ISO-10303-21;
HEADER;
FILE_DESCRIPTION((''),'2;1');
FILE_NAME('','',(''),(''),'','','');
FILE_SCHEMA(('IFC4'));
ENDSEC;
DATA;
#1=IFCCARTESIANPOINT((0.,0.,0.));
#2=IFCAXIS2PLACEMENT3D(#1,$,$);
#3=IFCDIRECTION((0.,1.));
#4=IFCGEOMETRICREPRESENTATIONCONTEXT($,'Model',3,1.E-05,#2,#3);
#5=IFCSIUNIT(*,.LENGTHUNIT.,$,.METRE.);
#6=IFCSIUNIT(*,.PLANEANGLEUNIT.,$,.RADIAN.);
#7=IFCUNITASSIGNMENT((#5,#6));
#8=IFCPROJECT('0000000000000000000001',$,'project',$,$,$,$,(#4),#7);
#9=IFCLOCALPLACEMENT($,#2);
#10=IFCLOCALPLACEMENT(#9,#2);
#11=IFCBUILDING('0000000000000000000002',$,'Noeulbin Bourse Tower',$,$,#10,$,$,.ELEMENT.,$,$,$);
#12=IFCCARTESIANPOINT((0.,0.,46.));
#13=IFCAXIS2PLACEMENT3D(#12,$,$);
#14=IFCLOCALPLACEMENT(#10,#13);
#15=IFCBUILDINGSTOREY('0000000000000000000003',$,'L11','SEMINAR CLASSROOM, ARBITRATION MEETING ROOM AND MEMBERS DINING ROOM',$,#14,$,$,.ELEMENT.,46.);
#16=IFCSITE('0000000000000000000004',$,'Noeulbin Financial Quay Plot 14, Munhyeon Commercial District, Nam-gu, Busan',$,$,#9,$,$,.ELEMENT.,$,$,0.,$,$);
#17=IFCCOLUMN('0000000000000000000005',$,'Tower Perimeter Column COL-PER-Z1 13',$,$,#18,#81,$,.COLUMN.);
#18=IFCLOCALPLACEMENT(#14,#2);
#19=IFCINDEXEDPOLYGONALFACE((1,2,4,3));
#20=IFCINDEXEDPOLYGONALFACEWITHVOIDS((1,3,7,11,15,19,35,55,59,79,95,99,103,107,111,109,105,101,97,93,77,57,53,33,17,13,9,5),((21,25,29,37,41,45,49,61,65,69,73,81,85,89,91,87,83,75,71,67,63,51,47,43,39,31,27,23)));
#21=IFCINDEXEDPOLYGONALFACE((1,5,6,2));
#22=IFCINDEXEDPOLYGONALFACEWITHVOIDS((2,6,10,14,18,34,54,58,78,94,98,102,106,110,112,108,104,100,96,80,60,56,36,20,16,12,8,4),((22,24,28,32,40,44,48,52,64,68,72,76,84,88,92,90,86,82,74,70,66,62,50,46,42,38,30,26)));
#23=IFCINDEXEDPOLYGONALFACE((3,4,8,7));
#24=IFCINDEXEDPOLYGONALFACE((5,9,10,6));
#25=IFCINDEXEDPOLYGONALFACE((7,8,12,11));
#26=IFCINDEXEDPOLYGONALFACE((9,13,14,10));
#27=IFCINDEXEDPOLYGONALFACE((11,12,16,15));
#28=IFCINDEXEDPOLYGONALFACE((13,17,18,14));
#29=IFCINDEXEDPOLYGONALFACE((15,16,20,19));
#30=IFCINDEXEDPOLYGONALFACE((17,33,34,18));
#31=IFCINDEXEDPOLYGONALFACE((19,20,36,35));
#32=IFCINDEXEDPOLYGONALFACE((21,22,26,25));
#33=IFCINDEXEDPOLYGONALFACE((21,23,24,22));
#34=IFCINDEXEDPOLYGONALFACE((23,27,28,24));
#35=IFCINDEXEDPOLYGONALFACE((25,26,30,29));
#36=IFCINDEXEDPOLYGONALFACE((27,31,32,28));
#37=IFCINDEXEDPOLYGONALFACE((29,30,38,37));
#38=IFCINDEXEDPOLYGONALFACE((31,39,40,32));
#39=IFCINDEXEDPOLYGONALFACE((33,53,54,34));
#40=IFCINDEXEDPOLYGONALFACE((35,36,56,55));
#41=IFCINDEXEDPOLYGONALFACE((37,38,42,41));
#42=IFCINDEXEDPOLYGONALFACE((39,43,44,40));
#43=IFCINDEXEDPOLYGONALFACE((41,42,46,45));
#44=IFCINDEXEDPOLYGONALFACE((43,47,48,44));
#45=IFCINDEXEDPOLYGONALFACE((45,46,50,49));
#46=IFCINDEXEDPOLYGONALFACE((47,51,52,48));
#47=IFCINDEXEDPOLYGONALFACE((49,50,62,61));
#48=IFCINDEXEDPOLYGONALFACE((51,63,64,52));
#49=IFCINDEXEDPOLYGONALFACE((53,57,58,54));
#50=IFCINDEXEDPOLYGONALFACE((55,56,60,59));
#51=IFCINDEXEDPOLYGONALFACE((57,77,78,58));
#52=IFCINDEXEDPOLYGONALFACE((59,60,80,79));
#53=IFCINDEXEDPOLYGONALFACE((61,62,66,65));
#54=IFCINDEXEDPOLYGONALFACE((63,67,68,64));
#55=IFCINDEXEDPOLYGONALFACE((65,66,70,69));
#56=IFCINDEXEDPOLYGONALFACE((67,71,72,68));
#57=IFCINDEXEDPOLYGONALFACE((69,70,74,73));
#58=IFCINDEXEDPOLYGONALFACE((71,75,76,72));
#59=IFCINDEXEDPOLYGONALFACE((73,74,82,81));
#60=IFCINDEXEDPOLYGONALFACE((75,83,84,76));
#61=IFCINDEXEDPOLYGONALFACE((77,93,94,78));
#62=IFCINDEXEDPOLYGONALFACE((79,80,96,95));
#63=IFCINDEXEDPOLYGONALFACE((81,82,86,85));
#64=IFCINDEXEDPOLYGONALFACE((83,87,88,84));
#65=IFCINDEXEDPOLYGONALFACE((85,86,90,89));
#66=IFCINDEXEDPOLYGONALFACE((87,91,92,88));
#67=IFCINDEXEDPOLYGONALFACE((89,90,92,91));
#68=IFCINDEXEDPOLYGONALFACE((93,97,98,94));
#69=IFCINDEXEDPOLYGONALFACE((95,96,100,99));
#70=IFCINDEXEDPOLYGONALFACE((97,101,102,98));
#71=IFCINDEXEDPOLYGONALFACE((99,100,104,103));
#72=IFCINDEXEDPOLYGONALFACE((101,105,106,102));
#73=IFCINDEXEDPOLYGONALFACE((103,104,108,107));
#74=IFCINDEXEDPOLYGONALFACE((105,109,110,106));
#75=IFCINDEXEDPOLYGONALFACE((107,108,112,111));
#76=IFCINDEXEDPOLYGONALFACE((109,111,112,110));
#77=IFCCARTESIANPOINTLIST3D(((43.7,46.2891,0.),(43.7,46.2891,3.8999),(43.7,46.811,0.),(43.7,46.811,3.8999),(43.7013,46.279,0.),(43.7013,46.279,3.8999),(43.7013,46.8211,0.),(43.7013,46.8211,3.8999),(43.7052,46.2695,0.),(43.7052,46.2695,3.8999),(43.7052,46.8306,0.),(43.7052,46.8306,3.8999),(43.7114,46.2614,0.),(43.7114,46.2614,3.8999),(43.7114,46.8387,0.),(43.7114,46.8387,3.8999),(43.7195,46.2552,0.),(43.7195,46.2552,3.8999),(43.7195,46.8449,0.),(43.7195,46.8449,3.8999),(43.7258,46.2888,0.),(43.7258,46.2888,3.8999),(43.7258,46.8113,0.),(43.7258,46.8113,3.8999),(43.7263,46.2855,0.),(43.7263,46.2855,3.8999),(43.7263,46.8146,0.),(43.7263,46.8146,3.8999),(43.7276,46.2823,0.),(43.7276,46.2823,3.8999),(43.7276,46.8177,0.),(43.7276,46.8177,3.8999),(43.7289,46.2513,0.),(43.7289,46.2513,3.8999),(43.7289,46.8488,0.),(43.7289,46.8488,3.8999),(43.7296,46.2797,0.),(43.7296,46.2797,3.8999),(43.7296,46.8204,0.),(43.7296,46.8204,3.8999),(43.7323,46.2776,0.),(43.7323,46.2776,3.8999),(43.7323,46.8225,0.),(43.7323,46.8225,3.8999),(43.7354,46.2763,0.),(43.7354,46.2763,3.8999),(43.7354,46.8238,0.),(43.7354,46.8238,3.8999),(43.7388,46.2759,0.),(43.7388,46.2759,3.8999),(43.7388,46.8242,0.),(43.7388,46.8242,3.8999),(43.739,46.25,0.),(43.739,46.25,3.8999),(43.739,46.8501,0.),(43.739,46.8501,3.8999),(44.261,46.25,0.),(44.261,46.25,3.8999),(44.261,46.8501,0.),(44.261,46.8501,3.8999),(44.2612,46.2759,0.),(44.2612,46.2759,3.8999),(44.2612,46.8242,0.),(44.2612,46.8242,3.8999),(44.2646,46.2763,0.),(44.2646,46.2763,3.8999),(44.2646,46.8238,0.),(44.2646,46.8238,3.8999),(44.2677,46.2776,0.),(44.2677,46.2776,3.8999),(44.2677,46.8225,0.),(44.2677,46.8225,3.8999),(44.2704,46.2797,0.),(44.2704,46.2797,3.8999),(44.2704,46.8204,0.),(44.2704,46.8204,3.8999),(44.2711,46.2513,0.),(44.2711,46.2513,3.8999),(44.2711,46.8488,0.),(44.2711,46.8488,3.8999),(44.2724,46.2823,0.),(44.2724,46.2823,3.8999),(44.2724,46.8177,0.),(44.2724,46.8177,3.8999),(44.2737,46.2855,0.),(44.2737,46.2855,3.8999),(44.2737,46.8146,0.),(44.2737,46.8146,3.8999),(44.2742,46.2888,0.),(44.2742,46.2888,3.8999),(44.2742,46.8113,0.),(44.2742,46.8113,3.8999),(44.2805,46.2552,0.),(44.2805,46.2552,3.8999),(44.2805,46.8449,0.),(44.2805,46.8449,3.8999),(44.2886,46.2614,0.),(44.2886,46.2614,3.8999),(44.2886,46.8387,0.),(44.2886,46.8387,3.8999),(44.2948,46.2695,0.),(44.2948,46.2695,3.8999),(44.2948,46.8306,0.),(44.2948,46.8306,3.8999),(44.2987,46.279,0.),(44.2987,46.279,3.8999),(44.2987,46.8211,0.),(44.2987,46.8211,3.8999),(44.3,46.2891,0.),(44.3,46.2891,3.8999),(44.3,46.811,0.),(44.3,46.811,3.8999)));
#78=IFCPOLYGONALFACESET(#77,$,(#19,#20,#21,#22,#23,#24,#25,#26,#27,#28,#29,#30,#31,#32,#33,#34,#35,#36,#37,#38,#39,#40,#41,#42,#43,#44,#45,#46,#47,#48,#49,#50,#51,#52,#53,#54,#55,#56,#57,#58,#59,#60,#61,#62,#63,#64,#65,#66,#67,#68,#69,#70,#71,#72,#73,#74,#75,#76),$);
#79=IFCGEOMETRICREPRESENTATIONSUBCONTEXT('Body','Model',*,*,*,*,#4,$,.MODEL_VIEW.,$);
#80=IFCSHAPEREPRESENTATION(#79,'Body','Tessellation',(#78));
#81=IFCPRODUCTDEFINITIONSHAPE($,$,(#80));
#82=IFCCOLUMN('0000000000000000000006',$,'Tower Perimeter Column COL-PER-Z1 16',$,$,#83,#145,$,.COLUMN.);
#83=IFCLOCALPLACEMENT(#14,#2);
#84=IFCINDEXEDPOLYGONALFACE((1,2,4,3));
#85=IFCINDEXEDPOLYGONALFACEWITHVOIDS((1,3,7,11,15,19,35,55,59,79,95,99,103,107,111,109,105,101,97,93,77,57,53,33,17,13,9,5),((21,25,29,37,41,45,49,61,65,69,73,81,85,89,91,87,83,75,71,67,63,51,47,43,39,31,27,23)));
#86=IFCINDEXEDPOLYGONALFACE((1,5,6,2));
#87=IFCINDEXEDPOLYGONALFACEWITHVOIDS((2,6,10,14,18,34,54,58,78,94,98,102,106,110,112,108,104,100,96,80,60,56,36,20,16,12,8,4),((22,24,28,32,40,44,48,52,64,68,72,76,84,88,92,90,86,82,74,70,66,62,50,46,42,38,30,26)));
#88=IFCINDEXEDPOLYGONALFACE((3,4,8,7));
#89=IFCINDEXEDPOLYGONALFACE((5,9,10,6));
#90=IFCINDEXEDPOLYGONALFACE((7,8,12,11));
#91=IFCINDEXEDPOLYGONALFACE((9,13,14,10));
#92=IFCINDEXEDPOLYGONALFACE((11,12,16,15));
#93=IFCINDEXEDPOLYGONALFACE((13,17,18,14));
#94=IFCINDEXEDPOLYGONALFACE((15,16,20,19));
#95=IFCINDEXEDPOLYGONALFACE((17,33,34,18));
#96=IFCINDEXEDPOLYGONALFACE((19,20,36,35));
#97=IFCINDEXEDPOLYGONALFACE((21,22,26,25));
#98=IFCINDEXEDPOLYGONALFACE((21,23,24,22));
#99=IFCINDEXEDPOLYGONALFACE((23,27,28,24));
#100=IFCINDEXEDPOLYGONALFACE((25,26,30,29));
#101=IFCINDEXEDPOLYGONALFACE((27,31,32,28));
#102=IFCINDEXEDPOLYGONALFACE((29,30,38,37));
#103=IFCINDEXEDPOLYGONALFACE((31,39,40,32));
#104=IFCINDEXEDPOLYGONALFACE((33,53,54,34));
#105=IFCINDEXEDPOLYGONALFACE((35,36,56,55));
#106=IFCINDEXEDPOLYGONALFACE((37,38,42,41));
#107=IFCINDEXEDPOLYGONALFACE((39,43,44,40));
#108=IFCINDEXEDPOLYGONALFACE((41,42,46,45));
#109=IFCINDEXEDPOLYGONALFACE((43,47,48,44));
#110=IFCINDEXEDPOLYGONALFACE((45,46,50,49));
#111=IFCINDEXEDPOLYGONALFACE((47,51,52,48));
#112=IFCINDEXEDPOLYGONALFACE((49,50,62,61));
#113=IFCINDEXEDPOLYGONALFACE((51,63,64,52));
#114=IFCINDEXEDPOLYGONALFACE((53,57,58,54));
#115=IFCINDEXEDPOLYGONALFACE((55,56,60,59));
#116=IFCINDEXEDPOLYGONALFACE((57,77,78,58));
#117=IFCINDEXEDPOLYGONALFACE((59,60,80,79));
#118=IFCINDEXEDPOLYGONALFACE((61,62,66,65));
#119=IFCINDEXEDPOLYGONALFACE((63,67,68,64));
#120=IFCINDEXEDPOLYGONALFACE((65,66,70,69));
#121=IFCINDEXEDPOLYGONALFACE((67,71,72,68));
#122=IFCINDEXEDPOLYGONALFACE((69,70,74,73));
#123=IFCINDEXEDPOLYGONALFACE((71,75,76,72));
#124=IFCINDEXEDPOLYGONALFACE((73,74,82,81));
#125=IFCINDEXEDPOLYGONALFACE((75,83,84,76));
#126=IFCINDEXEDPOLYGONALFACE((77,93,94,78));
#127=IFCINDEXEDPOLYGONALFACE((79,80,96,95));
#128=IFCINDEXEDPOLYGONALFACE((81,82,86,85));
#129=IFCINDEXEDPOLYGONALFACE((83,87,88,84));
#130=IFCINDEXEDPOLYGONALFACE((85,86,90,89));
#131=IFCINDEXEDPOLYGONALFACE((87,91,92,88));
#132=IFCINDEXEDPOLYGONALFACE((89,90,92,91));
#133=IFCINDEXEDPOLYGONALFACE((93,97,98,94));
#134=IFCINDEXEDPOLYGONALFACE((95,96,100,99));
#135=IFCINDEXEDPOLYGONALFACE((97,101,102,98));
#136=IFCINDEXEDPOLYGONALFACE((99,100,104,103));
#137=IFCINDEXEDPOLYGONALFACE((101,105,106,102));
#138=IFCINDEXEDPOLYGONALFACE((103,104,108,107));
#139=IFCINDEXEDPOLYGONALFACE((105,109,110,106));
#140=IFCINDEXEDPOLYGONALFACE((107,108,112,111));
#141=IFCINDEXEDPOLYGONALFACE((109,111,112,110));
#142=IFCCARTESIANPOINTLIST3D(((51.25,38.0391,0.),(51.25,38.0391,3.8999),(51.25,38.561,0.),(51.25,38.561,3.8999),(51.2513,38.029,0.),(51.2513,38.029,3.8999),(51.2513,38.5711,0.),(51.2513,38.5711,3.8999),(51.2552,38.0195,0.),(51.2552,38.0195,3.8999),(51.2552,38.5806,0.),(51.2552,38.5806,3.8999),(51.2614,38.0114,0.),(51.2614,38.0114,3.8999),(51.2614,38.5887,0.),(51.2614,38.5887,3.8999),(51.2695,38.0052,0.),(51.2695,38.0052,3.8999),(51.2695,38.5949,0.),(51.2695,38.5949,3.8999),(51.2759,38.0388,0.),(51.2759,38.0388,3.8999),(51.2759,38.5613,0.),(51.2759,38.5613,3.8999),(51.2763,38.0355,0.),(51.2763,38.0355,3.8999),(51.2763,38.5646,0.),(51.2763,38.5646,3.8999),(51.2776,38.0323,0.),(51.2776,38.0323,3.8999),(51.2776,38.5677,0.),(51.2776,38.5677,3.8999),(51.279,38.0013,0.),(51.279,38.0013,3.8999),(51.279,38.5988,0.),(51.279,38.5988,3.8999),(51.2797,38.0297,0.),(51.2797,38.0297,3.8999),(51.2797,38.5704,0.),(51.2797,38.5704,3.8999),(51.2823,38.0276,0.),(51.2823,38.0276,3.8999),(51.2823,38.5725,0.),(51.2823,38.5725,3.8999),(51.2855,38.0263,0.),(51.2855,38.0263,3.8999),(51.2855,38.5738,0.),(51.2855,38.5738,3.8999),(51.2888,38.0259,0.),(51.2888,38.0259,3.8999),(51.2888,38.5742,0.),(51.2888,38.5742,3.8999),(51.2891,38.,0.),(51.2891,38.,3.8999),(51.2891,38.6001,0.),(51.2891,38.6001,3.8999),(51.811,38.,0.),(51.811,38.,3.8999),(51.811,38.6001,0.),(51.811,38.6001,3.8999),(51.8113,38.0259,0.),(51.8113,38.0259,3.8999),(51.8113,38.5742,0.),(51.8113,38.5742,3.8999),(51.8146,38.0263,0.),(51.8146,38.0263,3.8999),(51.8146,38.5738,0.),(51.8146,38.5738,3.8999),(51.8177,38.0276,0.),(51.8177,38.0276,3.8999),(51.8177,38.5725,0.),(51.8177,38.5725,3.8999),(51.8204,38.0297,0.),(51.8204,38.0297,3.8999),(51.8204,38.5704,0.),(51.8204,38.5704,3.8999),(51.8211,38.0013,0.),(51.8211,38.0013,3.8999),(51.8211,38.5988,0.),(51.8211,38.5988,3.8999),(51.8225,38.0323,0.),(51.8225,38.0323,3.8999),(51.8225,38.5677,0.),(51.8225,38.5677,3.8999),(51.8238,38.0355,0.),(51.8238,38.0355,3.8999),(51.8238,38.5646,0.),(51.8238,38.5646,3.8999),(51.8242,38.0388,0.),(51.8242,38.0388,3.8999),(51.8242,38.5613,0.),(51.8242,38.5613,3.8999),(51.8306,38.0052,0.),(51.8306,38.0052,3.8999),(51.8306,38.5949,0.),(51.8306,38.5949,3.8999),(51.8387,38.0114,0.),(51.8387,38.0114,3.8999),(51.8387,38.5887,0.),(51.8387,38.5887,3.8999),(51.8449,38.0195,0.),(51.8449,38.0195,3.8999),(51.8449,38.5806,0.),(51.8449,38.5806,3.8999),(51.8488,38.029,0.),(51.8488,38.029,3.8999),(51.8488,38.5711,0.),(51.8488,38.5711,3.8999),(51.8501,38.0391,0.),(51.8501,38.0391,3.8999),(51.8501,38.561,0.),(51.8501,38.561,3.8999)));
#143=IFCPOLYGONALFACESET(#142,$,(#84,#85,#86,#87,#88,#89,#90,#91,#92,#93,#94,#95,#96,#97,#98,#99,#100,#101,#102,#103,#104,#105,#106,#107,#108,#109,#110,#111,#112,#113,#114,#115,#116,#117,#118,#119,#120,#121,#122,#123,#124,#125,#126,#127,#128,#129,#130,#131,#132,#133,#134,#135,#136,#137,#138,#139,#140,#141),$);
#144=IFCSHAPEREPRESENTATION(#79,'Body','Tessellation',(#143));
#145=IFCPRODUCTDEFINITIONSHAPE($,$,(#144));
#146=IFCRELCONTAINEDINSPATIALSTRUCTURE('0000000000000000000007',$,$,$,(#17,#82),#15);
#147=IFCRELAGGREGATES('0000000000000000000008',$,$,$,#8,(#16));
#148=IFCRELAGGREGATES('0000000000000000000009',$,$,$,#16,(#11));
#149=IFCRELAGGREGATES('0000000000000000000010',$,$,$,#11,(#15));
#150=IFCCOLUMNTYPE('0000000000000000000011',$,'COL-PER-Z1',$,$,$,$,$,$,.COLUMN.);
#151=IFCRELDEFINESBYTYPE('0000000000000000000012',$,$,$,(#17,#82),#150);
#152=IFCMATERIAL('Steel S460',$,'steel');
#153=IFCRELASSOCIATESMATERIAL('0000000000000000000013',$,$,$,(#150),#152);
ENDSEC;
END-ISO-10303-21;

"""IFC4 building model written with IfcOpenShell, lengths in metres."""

from ifc_helpers import new_model, si_unit, direction, frame, origin, origin_2d, place, context, subcontext, project, spatial, hollow_rectangle, extrude, material, material_profile, profile_set, type_object, element, save


model = new_model("IFC4")

# Units and contexts
model_context = context("Model", 3, precision=1e-05, world=origin(), true_north=direction((0.0, 1.0)))
body_context = subcontext(model_context, "Body", "Model", "MODEL_VIEW")
ifc_project = project(units=[si_unit("LENGTHUNIT", "METRE"), si_unit("PLANEANGLEUNIT", "RADIAN")], contexts=[model_context])

# Site, building, storey
site_placement = place(None, origin())
site = spatial("IfcSite", under=ifc_project, at=site_placement, Name="Noeulbin Financial Quay Plot 14, Munhyeon Commercial District, Nam-gu, Busan", CompositionType="ELEMENT", RefElevation=0.0)
building_placement = place(site_placement, origin())
building = spatial("IfcBuilding", under=site, at=building_placement, Name="Noeulbin Bourse Tower", CompositionType="ELEMENT")
storey_placement = place(building_placement, frame((0.0, 0.0, 46.0)))
storey = spatial("IfcBuildingStorey", under=building, at=storey_placement, Name="L11", Description="SEMINAR CLASSROOM, ARBITRATION MEETING ROOM AND MEMBERS DINING ROOM", CompositionType="ELEMENT", Elevation=46.0)

# Columns
ifc_material_1 = material(Name="Steel S460", Category="steel")
ifc_material_profile_1 = material_profile(ifc_material_1, hollow_rectangle(XDim=0.6001, YDim=0.6001, WallThickness=0.0259, InnerFilletRadius=0.0129, OuterFilletRadius=0.0391, at=origin_2d()), Name="BOX-600x600x26", Category="LoadBearing")
ifc_profile_set_1 = profile_set([ifc_material_profile_1], Name="Steel S460")
column_type_1 = type_object("IfcColumnType", Name="COL-PER-Z1", PredefinedType="COLUMN", material=ifc_profile_set_1)
for number, where, z_axis, x_axis, name in (
    (1, (44.0, 46.55, 0.0), (0.0, 0.0, 1.0), (1.0, 0.0, 0.0), "Tower Perimeter Column COL-PER-Z1 13"),
    (2, (51.55, 38.3, 0.0), (0.0, 0.0, 1.0), (1.0, 0.0, 0.0), "Tower Perimeter Column COL-PER-Z1 16"),
):
    element("IfcColumn", number, at=place(storey_placement, frame(where, z_axis=z_axis, x_axis=x_axis)), inside=storey, type_object=column_type_1, Name=name, PredefinedType="COLUMN", context=body_context, shape_type="SweptSolid", body=[
        extrude(hollow_rectangle(XDim=0.6001, YDim=0.6001, WallThickness=0.0259, InnerFilletRadius=0.0129, OuterFilletRadius=0.0391, at=origin_2d()), origin(), (0.0, 0.0, 1.0), 3.8999),
    ])

save(model, "model.ifc")
